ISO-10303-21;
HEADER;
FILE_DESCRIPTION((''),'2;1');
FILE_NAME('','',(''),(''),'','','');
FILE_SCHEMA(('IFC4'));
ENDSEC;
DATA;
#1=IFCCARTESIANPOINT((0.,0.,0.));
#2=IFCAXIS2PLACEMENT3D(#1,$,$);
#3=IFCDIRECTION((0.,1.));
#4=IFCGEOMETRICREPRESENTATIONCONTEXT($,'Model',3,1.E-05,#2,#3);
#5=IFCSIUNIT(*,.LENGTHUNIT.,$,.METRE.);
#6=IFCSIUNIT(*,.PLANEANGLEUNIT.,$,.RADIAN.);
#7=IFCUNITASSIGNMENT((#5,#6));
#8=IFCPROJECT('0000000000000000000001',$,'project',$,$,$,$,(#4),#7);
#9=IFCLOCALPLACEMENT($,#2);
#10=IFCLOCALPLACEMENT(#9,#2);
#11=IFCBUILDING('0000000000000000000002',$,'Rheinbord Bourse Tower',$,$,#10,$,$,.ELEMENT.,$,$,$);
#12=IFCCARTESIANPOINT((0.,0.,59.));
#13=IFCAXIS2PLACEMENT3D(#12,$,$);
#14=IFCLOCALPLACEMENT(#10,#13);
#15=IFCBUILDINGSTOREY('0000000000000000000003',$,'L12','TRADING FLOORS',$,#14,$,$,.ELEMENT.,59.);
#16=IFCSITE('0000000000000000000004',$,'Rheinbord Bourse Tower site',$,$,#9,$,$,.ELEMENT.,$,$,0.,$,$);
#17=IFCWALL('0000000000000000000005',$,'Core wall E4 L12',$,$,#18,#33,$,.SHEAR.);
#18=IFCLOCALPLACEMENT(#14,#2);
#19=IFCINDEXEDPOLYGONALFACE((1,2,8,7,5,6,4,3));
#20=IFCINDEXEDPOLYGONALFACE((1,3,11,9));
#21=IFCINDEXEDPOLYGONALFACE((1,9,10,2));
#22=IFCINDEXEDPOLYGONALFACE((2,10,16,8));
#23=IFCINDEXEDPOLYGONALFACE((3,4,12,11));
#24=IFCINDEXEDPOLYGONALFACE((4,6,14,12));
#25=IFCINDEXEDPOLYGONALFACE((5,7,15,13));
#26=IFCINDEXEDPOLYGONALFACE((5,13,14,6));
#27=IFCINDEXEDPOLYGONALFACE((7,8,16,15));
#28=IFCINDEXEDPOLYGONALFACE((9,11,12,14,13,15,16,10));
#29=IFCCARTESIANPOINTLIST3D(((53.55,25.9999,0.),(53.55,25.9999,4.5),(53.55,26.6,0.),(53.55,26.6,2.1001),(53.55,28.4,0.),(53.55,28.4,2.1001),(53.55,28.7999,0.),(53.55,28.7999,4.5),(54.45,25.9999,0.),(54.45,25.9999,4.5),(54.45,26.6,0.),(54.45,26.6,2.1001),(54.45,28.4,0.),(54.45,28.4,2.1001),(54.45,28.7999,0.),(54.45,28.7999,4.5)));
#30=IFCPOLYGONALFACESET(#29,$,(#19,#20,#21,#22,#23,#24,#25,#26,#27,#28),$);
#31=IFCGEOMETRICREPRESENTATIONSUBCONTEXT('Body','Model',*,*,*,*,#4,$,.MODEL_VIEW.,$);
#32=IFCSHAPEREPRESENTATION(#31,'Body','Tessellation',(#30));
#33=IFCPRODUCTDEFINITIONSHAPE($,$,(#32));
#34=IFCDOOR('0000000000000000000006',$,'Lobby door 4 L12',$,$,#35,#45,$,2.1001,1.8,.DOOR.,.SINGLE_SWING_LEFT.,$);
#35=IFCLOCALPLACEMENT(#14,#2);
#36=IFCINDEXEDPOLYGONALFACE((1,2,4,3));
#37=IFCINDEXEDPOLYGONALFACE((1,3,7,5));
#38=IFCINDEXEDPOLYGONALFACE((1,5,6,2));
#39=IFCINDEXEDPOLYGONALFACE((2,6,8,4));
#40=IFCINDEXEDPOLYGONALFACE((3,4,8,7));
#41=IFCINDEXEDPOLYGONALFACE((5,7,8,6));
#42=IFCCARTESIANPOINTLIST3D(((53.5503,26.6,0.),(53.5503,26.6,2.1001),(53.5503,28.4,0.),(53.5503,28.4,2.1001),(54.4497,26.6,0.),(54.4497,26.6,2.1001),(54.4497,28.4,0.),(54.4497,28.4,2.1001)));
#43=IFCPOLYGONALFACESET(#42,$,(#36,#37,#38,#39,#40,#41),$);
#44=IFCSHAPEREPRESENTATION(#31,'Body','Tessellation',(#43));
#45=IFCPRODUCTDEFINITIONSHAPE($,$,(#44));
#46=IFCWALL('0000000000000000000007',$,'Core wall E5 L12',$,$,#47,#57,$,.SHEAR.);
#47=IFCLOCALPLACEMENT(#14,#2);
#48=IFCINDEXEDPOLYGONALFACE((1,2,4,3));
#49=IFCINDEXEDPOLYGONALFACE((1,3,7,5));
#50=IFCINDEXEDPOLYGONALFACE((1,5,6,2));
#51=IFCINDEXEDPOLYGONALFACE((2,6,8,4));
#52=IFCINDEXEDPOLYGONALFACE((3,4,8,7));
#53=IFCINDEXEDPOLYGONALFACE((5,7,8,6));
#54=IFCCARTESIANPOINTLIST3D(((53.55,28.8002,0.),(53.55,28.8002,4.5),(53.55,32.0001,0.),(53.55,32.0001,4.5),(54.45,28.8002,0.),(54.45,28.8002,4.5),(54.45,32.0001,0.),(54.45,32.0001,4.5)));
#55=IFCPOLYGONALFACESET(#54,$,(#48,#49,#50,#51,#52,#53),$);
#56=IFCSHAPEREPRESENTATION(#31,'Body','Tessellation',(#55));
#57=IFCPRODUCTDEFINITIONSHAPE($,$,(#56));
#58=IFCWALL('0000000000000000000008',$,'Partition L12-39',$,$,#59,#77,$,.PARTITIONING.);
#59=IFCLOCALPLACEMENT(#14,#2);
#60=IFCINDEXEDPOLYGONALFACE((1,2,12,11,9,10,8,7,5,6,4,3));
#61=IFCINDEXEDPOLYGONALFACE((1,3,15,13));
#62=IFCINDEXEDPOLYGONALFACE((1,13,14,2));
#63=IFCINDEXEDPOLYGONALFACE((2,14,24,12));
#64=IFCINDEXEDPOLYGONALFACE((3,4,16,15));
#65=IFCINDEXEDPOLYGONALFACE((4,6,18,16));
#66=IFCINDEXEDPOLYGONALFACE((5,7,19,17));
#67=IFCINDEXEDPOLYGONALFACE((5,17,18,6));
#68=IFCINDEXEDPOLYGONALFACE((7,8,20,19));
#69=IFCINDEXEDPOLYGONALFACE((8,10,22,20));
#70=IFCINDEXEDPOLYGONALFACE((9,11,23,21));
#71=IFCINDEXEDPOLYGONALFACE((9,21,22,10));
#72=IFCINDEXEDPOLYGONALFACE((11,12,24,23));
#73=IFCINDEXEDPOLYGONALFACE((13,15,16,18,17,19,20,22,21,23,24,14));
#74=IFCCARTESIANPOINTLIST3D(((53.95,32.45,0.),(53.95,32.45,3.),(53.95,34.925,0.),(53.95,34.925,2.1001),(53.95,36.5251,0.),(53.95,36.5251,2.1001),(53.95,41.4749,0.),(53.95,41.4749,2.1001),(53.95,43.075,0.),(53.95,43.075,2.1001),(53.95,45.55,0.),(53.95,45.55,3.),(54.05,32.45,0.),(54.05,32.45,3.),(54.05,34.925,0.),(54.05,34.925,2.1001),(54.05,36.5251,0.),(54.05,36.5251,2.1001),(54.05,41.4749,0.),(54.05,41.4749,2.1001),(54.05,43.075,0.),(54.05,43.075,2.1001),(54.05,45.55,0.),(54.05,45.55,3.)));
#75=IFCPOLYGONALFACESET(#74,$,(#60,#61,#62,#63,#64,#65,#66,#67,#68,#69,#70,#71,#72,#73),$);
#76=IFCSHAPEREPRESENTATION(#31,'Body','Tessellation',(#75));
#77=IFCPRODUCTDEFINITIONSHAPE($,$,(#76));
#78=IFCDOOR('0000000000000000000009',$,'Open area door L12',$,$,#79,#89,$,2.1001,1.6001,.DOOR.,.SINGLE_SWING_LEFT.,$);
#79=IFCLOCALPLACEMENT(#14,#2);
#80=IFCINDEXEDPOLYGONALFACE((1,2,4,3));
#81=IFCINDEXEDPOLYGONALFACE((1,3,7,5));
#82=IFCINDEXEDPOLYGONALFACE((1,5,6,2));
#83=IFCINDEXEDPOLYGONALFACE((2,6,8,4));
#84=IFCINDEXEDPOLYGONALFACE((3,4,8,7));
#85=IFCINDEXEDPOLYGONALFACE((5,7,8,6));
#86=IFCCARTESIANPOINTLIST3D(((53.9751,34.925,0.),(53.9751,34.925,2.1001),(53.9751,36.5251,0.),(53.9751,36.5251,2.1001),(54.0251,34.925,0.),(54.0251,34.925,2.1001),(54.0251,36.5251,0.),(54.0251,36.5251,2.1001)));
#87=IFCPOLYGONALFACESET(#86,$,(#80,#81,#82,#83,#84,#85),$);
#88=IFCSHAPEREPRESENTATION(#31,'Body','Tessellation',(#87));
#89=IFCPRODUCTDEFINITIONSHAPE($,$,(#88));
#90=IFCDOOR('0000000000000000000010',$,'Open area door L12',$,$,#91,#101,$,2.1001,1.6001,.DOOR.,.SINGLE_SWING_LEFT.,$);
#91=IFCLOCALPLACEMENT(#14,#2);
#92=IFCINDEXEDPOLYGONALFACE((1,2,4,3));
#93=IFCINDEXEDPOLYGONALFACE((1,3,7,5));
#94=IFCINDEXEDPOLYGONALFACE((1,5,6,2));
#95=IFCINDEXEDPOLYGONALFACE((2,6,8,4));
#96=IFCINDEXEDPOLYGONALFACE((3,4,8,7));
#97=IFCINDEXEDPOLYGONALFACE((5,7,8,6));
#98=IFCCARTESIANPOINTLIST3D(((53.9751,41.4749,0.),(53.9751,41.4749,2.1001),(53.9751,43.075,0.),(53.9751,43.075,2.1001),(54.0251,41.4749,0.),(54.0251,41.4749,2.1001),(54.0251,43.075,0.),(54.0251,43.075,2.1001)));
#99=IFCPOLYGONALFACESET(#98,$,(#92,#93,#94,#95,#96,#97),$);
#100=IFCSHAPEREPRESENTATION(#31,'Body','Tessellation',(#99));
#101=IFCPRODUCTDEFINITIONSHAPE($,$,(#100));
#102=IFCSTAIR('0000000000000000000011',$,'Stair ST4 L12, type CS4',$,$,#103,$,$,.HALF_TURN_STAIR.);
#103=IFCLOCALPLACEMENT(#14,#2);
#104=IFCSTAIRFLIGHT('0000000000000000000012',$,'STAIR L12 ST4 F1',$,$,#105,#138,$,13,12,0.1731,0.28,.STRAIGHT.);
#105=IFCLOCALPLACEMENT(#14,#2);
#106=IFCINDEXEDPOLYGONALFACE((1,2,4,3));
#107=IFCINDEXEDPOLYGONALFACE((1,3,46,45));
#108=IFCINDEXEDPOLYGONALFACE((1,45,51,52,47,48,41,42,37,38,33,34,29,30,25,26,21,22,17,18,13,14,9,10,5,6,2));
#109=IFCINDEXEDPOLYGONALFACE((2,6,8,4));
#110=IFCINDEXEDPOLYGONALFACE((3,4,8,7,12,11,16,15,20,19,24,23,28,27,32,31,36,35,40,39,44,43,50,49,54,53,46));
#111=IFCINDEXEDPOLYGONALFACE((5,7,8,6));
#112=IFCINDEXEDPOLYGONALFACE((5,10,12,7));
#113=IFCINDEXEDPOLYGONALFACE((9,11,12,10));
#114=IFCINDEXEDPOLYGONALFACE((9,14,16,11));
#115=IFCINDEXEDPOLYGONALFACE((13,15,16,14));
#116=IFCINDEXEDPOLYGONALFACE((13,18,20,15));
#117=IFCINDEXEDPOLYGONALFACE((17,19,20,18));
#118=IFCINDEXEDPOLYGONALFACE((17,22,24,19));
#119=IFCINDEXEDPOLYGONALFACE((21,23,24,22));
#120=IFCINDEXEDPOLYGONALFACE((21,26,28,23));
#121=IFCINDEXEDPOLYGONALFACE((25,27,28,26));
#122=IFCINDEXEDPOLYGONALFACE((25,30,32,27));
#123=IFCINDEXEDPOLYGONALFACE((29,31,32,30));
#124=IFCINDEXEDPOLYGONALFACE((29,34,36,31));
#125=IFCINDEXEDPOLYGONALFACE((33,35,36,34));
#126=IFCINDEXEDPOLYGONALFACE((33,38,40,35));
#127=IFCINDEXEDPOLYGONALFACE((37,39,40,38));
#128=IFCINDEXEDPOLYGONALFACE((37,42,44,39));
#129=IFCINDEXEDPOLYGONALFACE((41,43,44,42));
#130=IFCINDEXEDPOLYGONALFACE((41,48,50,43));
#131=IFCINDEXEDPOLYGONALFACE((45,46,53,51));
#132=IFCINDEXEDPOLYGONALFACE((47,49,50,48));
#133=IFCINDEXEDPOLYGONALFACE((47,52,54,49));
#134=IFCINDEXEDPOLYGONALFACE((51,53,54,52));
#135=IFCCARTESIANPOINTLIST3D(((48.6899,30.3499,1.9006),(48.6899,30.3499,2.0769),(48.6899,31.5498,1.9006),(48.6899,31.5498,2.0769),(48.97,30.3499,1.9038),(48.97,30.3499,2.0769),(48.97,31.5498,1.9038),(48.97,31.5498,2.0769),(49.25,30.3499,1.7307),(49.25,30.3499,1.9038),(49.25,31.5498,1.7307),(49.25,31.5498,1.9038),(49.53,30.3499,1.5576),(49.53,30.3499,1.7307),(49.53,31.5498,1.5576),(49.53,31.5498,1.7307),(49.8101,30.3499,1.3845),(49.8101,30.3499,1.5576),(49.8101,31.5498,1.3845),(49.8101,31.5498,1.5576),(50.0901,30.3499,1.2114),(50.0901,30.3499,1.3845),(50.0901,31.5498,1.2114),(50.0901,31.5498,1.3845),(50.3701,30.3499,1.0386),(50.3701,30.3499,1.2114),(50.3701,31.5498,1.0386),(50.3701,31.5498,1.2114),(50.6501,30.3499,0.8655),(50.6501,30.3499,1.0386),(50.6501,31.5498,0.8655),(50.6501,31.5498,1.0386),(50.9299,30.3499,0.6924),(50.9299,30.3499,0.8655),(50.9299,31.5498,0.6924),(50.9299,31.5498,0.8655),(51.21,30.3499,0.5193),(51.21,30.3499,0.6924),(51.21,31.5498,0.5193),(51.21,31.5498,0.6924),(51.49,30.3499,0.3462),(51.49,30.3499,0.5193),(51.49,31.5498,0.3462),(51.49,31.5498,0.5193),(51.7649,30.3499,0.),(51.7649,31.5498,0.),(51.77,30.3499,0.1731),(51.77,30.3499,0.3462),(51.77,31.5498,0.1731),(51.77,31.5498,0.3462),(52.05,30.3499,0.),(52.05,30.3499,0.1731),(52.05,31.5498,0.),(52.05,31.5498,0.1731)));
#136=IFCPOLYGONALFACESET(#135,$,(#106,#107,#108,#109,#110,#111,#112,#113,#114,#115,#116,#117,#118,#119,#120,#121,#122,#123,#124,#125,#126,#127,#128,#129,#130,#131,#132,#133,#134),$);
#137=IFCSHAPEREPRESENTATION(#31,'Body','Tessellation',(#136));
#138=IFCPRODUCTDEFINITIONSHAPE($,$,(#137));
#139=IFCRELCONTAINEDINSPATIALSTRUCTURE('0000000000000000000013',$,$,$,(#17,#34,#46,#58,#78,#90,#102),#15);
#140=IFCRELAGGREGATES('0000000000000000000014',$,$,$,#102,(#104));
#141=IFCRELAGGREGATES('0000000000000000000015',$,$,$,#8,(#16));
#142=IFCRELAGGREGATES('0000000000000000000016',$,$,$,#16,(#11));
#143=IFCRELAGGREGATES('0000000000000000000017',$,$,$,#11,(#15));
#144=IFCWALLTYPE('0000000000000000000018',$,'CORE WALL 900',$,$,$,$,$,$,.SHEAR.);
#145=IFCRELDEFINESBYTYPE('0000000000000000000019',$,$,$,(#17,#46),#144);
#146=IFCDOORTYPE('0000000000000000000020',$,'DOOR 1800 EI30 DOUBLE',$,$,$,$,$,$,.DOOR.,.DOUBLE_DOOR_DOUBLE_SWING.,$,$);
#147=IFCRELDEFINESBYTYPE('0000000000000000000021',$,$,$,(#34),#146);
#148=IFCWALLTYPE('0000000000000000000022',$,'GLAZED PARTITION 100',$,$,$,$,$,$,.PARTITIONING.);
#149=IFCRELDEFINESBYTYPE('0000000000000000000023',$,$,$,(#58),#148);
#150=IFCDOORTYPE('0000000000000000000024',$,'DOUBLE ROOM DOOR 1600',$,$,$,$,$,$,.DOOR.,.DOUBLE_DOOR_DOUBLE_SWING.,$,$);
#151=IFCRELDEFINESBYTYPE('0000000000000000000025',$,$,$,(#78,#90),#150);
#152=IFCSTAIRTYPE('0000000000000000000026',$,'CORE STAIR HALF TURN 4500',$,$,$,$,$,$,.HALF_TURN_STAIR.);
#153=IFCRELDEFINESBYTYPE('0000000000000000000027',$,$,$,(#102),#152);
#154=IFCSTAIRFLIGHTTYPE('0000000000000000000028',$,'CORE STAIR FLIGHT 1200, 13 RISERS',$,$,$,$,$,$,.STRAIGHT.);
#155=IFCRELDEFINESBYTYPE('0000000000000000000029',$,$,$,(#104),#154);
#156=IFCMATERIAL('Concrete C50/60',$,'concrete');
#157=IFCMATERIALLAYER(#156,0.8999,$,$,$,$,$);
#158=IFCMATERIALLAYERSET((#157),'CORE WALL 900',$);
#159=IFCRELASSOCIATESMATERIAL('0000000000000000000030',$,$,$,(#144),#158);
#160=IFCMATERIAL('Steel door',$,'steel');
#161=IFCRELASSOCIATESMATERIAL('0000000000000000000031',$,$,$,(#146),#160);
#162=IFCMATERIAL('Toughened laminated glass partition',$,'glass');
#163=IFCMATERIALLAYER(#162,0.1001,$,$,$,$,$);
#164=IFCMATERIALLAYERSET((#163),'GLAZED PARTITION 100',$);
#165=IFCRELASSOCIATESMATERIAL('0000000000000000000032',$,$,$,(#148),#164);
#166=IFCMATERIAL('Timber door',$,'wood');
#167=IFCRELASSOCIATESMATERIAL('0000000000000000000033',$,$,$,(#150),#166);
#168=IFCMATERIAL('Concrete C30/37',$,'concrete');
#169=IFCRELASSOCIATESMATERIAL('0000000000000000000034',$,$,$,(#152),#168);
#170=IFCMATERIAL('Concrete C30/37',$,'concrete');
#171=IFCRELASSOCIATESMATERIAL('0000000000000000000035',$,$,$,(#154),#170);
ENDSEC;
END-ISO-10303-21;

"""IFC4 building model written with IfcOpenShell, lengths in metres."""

from ifc_helpers import new_model, si_unit, direction, frame, frame_2d, origin, place, context, subcontext, project, spatial, polyline, rectangle, outline, extrude, material, layer, layer_set, type_object, element, fill, aggregate, save


model = new_model("IFC4")

# Units and contexts
model_context = context("Model", 3, precision=1e-05, world=origin(), true_north=direction((0.0, 1.0)))
body_context = subcontext(model_context, "Body", "Model", "MODEL_VIEW")
ifc_project = project(units=[si_unit("LENGTHUNIT", "METRE"), si_unit("PLANEANGLEUNIT", "RADIAN")], contexts=[model_context])

# Site, building, storey
site_placement = place(None, origin())
site = spatial("IfcSite", under=ifc_project, at=site_placement, Name="Rheinbord Bourse Tower site", CompositionType="ELEMENT", RefElevation=0.0)
building_placement = place(site_placement, origin())
building = spatial("IfcBuilding", under=site, at=building_placement, Name="Rheinbord Bourse Tower", CompositionType="ELEMENT")
storey_placement = place(building_placement, frame((0.0, 0.0, 59.0)))
storey = spatial("IfcBuildingStorey", under=building, at=storey_placement, Name="L12", Description="TRADING FLOORS", CompositionType="ELEMENT", Elevation=59.0)

# Shared definitions
ifc_material_1 = material(Name="Concrete C50/60", Category="concrete")
ifc_layer_1 = layer(ifc_material_1, 0.8999)
ifc_layer_set_1 = layer_set([ifc_layer_1], Name="CORE WALL 900")
wall_type_1 = type_object("IfcWallType", Name="CORE WALL 900", PredefinedType="SHEAR", material=ifc_layer_set_1)

# Wall, opening, door
wall_1_placement = place(storey_placement, frame((54.0, 26.0, 0.0), z_axis=(0.0, 0.0, 1.0), x_axis=(0.0, 1.0, 0.0)))
wall_1 = element("IfcWall", 1, at=wall_1_placement, inside=storey, type_object=wall_type_1, Name="Core wall E4 L12", PredefinedType="SHEAR", context=body_context, shape_type="SweptSolid", body=[
    extrude(rectangle(XDim=2.8, YDim=0.8999, at=frame_2d((1.3999, 0.0))), origin(), (0.0, 0.0, 1.0), 4.5),
])
opening_1_placement = place(wall_1_placement, frame((0.6001, 0.0, 0.0)))
opening_1 = element("IfcOpeningElement", 2, at=opening_1_placement, cuts=wall_1, PredefinedType="OPENING", context=body_context, shape_type="SweptSolid", body=[
    extrude(rectangle(XDim=1.8, YDim=2.1001, at=frame_2d((0.8999, 1.05))), frame((0.0, 0.46, 0.0), z_axis=(0.0, -1.0, 0.0), x_axis=(1.0, 0.0, 0.0)), (0.0, 0.0, 1.0), 0.9199),
])
ifc_material_2 = material(Name="Steel door", Category="steel")
door_type_1 = type_object("IfcDoorType", Name="DOOR 1800 EI30 DOUBLE", OperationType="DOUBLE_DOOR_DOUBLE_SWING", PredefinedType="DOOR", material=ifc_material_2)
door_1_placement = place(opening_1_placement, origin())
door_1 = element("IfcDoor", 3, at=door_1_placement, inside=storey, type_object=door_type_1, Name="Lobby door 4 L12", OperationType="SINGLE_SWING_LEFT", OverallHeight=2.1001, OverallWidth=1.8, PredefinedType="DOOR", context=body_context, shape_type="SweptSolid", body=[
    extrude(rectangle(XDim=1.8, YDim=2.1001, at=frame_2d((0.8999, 1.05))), frame((0.0, 0.4497, 0.0), z_axis=(0.0, -1.0, 0.0), x_axis=(1.0, 0.0, 0.0)), (0.0, 0.0, 1.0), 0.8994),
])
fill(opening_1, door_1)

# Wall
wall_2_placement = place(storey_placement, frame((54.0, 28.8, 0.0), z_axis=(0.0, 0.0, 1.0), x_axis=(0.0, 1.0, 0.0)))
element("IfcWall", 4, at=wall_2_placement, inside=storey, type_object=wall_type_1, Name="Core wall E5 L12", PredefinedType="SHEAR", context=body_context, shape_type="SweptSolid", body=[
    extrude(rectangle(XDim=3.2, YDim=0.8999, at=frame_2d((1.6001, 0.0))), origin(), (0.0, 0.0, 1.0), 4.5),
])

# Wall, openings, doors
ifc_material_3 = material(Name="Toughened laminated glass partition", Category="glass")
ifc_layer_2 = layer(ifc_material_3, 0.1001)
ifc_layer_set_2 = layer_set([ifc_layer_2], Name="GLAZED PARTITION 100")
wall_type_2 = type_object("IfcWallType", Name="GLAZED PARTITION 100", PredefinedType="PARTITIONING", material=ifc_layer_set_2)
wall_3_placement = place(storey_placement, frame((54.0, 32.45, 0.0), z_axis=(0.0, 0.0, 1.0), x_axis=(0.0, 1.0, 0.0)))
wall_3 = element("IfcWall", 5, at=wall_3_placement, inside=storey, type_object=wall_type_2, Name="Partition L12-39", PredefinedType="PARTITIONING", context=body_context, shape_type="SweptSolid", body=[
    extrude(rectangle(XDim=13.1001, YDim=0.1001, at=frame_2d((6.55, 0.0))), origin(), (0.0, 0.0, 1.0), 3.0),
])
opening_2_placement = place(wall_3_placement, frame((2.4751, 0.0, 0.0)))
opening_2 = element("IfcOpeningElement", 6, at=opening_2_placement, cuts=wall_3, PredefinedType="OPENING", context=body_context, shape_type="SweptSolid", body=[
    extrude(rectangle(XDim=1.6001, YDim=2.1001, at=frame_2d((0.8, 1.05))), frame((0.0, 0.0601, 0.0), z_axis=(0.0, -1.0, 0.0), x_axis=(1.0, 0.0, 0.0)), (0.0, 0.0, 1.0), 0.1201),
])
opening_3_placement = place(wall_3_placement, frame((9.0249, 0.0, 0.0)))
opening_3 = element("IfcOpeningElement", 7, at=opening_3_placement, cuts=wall_3, PredefinedType="OPENING", context=body_context, shape_type="SweptSolid", body=[
    extrude(rectangle(XDim=1.6001, YDim=2.1001, at=frame_2d((0.8, 1.05))), frame((0.0, 0.0601, 0.0), z_axis=(0.0, -1.0, 0.0), x_axis=(1.0, 0.0, 0.0)), (0.0, 0.0, 1.0), 0.1201),
])
ifc_material_4 = material(Name="Timber door", Category="wood")
door_type_2 = type_object("IfcDoorType", Name="DOUBLE ROOM DOOR 1600", OperationType="DOUBLE_DOOR_DOUBLE_SWING", PredefinedType="DOOR", material=ifc_material_4)
door_2_placement = place(opening_2_placement, origin())
door_2 = element("IfcDoor", 8, at=door_2_placement, inside=storey, type_object=door_type_2, Name="Open area door L12", OperationType="SINGLE_SWING_LEFT", OverallHeight=2.1001, OverallWidth=1.6001, PredefinedType="DOOR", context=body_context, shape_type="SweptSolid", body=[
    extrude(rectangle(XDim=1.6001, YDim=2.1001, at=frame_2d((0.8, 1.05))), frame((0.0, 0.0249, 0.0), z_axis=(0.0, -1.0, 0.0), x_axis=(1.0, 0.0, 0.0)), (0.0, 0.0, 1.0), 0.05),
])
fill(opening_2, door_2)
door_3_placement = place(opening_3_placement, origin())
door_3 = element("IfcDoor", 9, at=door_3_placement, inside=storey, type_object=door_type_2, Name="Open area door L12", OperationType="SINGLE_SWING_LEFT", OverallHeight=2.1001, OverallWidth=1.6001, PredefinedType="DOOR", context=body_context, shape_type="SweptSolid", body=[
    extrude(rectangle(XDim=1.6001, YDim=2.1001, at=frame_2d((0.8, 1.05))), frame((0.0, 0.0249, 0.0), z_axis=(0.0, -1.0, 0.0), x_axis=(1.0, 0.0, 0.0)), (0.0, 0.0, 1.0), 0.05),
])
fill(opening_3, door_3)

# Stair, stair flight
ifc_material_5 = material(Name="Concrete C30/37", Category="concrete")
stair_type = type_object("IfcStairType", Name="CORE STAIR HALF TURN 4500", PredefinedType="HALF_TURN_STAIR", material=ifc_material_5)
stair_placement = place(storey_placement, origin())
stair = element("IfcStair", 10, at=stair_placement, inside=storey, type_object=stair_type, Name="Stair ST4 L12, type CS4", PredefinedType="HALF_TURN_STAIR")
ifc_material_6 = material(Name="Concrete C30/37", Category="concrete")
stair_flight_type = type_object("IfcStairFlightType", Name="CORE STAIR FLIGHT 1200, 13 RISERS", PredefinedType="STRAIGHT", material=ifc_material_6)
stair_flight_1_placement = place(storey_placement, frame((52.05, 30.95, 0.0), z_axis=(0.0, 0.0, 1.0), x_axis=(-1.0, 0.0, 0.0)))
stair_flight_1 = element("IfcStairFlight", 11, at=stair_flight_1_placement, type_object=stair_flight_type, Name="STAIR L12 ST4 F1", NumberOfRisers=13, NumberOfTreads=12, PredefinedType="STRAIGHT", RiserHeight=0.1731, TreadLength=0.28, context=body_context, shape_type="SweptSolid", body=[
    extrude(outline(polyline([(0.0, 0.0), (0.0, 0.1731), (0.28, 0.1731), (0.28, 0.3462), (0.5601, 0.3462), (0.5601, 0.5193), (0.8401, 0.5193), (0.8401, 0.6924), (1.1201, 0.6924), (1.1201, 0.8655), (1.3999, 0.8655), (1.3999, 1.0386), (1.6799, 1.0386), (1.6799, 1.2114), (1.96, 1.2114), (1.96, 1.3845), (2.24, 1.3845), (2.24, 1.5576), (2.52, 1.5576), (2.52, 1.7307), (2.8, 1.7307), (2.8, 1.9038), (3.0801, 1.9038), (3.0801, 2.0769), (3.3601, 2.0769), (3.3601, 2.25), (3.3601, 1.9006), (0.2852, 0.0), (0.0, 0.0)])), frame((0.0, 0.6001, 0.0), z_axis=(0.0, -1.0, 0.0), x_axis=(1.0, 0.0, 0.0)), (0.0, 0.0, 1.0), 1.2),
])
aggregate(stair, [stair_flight_1])

save(model, "model.ifc")
